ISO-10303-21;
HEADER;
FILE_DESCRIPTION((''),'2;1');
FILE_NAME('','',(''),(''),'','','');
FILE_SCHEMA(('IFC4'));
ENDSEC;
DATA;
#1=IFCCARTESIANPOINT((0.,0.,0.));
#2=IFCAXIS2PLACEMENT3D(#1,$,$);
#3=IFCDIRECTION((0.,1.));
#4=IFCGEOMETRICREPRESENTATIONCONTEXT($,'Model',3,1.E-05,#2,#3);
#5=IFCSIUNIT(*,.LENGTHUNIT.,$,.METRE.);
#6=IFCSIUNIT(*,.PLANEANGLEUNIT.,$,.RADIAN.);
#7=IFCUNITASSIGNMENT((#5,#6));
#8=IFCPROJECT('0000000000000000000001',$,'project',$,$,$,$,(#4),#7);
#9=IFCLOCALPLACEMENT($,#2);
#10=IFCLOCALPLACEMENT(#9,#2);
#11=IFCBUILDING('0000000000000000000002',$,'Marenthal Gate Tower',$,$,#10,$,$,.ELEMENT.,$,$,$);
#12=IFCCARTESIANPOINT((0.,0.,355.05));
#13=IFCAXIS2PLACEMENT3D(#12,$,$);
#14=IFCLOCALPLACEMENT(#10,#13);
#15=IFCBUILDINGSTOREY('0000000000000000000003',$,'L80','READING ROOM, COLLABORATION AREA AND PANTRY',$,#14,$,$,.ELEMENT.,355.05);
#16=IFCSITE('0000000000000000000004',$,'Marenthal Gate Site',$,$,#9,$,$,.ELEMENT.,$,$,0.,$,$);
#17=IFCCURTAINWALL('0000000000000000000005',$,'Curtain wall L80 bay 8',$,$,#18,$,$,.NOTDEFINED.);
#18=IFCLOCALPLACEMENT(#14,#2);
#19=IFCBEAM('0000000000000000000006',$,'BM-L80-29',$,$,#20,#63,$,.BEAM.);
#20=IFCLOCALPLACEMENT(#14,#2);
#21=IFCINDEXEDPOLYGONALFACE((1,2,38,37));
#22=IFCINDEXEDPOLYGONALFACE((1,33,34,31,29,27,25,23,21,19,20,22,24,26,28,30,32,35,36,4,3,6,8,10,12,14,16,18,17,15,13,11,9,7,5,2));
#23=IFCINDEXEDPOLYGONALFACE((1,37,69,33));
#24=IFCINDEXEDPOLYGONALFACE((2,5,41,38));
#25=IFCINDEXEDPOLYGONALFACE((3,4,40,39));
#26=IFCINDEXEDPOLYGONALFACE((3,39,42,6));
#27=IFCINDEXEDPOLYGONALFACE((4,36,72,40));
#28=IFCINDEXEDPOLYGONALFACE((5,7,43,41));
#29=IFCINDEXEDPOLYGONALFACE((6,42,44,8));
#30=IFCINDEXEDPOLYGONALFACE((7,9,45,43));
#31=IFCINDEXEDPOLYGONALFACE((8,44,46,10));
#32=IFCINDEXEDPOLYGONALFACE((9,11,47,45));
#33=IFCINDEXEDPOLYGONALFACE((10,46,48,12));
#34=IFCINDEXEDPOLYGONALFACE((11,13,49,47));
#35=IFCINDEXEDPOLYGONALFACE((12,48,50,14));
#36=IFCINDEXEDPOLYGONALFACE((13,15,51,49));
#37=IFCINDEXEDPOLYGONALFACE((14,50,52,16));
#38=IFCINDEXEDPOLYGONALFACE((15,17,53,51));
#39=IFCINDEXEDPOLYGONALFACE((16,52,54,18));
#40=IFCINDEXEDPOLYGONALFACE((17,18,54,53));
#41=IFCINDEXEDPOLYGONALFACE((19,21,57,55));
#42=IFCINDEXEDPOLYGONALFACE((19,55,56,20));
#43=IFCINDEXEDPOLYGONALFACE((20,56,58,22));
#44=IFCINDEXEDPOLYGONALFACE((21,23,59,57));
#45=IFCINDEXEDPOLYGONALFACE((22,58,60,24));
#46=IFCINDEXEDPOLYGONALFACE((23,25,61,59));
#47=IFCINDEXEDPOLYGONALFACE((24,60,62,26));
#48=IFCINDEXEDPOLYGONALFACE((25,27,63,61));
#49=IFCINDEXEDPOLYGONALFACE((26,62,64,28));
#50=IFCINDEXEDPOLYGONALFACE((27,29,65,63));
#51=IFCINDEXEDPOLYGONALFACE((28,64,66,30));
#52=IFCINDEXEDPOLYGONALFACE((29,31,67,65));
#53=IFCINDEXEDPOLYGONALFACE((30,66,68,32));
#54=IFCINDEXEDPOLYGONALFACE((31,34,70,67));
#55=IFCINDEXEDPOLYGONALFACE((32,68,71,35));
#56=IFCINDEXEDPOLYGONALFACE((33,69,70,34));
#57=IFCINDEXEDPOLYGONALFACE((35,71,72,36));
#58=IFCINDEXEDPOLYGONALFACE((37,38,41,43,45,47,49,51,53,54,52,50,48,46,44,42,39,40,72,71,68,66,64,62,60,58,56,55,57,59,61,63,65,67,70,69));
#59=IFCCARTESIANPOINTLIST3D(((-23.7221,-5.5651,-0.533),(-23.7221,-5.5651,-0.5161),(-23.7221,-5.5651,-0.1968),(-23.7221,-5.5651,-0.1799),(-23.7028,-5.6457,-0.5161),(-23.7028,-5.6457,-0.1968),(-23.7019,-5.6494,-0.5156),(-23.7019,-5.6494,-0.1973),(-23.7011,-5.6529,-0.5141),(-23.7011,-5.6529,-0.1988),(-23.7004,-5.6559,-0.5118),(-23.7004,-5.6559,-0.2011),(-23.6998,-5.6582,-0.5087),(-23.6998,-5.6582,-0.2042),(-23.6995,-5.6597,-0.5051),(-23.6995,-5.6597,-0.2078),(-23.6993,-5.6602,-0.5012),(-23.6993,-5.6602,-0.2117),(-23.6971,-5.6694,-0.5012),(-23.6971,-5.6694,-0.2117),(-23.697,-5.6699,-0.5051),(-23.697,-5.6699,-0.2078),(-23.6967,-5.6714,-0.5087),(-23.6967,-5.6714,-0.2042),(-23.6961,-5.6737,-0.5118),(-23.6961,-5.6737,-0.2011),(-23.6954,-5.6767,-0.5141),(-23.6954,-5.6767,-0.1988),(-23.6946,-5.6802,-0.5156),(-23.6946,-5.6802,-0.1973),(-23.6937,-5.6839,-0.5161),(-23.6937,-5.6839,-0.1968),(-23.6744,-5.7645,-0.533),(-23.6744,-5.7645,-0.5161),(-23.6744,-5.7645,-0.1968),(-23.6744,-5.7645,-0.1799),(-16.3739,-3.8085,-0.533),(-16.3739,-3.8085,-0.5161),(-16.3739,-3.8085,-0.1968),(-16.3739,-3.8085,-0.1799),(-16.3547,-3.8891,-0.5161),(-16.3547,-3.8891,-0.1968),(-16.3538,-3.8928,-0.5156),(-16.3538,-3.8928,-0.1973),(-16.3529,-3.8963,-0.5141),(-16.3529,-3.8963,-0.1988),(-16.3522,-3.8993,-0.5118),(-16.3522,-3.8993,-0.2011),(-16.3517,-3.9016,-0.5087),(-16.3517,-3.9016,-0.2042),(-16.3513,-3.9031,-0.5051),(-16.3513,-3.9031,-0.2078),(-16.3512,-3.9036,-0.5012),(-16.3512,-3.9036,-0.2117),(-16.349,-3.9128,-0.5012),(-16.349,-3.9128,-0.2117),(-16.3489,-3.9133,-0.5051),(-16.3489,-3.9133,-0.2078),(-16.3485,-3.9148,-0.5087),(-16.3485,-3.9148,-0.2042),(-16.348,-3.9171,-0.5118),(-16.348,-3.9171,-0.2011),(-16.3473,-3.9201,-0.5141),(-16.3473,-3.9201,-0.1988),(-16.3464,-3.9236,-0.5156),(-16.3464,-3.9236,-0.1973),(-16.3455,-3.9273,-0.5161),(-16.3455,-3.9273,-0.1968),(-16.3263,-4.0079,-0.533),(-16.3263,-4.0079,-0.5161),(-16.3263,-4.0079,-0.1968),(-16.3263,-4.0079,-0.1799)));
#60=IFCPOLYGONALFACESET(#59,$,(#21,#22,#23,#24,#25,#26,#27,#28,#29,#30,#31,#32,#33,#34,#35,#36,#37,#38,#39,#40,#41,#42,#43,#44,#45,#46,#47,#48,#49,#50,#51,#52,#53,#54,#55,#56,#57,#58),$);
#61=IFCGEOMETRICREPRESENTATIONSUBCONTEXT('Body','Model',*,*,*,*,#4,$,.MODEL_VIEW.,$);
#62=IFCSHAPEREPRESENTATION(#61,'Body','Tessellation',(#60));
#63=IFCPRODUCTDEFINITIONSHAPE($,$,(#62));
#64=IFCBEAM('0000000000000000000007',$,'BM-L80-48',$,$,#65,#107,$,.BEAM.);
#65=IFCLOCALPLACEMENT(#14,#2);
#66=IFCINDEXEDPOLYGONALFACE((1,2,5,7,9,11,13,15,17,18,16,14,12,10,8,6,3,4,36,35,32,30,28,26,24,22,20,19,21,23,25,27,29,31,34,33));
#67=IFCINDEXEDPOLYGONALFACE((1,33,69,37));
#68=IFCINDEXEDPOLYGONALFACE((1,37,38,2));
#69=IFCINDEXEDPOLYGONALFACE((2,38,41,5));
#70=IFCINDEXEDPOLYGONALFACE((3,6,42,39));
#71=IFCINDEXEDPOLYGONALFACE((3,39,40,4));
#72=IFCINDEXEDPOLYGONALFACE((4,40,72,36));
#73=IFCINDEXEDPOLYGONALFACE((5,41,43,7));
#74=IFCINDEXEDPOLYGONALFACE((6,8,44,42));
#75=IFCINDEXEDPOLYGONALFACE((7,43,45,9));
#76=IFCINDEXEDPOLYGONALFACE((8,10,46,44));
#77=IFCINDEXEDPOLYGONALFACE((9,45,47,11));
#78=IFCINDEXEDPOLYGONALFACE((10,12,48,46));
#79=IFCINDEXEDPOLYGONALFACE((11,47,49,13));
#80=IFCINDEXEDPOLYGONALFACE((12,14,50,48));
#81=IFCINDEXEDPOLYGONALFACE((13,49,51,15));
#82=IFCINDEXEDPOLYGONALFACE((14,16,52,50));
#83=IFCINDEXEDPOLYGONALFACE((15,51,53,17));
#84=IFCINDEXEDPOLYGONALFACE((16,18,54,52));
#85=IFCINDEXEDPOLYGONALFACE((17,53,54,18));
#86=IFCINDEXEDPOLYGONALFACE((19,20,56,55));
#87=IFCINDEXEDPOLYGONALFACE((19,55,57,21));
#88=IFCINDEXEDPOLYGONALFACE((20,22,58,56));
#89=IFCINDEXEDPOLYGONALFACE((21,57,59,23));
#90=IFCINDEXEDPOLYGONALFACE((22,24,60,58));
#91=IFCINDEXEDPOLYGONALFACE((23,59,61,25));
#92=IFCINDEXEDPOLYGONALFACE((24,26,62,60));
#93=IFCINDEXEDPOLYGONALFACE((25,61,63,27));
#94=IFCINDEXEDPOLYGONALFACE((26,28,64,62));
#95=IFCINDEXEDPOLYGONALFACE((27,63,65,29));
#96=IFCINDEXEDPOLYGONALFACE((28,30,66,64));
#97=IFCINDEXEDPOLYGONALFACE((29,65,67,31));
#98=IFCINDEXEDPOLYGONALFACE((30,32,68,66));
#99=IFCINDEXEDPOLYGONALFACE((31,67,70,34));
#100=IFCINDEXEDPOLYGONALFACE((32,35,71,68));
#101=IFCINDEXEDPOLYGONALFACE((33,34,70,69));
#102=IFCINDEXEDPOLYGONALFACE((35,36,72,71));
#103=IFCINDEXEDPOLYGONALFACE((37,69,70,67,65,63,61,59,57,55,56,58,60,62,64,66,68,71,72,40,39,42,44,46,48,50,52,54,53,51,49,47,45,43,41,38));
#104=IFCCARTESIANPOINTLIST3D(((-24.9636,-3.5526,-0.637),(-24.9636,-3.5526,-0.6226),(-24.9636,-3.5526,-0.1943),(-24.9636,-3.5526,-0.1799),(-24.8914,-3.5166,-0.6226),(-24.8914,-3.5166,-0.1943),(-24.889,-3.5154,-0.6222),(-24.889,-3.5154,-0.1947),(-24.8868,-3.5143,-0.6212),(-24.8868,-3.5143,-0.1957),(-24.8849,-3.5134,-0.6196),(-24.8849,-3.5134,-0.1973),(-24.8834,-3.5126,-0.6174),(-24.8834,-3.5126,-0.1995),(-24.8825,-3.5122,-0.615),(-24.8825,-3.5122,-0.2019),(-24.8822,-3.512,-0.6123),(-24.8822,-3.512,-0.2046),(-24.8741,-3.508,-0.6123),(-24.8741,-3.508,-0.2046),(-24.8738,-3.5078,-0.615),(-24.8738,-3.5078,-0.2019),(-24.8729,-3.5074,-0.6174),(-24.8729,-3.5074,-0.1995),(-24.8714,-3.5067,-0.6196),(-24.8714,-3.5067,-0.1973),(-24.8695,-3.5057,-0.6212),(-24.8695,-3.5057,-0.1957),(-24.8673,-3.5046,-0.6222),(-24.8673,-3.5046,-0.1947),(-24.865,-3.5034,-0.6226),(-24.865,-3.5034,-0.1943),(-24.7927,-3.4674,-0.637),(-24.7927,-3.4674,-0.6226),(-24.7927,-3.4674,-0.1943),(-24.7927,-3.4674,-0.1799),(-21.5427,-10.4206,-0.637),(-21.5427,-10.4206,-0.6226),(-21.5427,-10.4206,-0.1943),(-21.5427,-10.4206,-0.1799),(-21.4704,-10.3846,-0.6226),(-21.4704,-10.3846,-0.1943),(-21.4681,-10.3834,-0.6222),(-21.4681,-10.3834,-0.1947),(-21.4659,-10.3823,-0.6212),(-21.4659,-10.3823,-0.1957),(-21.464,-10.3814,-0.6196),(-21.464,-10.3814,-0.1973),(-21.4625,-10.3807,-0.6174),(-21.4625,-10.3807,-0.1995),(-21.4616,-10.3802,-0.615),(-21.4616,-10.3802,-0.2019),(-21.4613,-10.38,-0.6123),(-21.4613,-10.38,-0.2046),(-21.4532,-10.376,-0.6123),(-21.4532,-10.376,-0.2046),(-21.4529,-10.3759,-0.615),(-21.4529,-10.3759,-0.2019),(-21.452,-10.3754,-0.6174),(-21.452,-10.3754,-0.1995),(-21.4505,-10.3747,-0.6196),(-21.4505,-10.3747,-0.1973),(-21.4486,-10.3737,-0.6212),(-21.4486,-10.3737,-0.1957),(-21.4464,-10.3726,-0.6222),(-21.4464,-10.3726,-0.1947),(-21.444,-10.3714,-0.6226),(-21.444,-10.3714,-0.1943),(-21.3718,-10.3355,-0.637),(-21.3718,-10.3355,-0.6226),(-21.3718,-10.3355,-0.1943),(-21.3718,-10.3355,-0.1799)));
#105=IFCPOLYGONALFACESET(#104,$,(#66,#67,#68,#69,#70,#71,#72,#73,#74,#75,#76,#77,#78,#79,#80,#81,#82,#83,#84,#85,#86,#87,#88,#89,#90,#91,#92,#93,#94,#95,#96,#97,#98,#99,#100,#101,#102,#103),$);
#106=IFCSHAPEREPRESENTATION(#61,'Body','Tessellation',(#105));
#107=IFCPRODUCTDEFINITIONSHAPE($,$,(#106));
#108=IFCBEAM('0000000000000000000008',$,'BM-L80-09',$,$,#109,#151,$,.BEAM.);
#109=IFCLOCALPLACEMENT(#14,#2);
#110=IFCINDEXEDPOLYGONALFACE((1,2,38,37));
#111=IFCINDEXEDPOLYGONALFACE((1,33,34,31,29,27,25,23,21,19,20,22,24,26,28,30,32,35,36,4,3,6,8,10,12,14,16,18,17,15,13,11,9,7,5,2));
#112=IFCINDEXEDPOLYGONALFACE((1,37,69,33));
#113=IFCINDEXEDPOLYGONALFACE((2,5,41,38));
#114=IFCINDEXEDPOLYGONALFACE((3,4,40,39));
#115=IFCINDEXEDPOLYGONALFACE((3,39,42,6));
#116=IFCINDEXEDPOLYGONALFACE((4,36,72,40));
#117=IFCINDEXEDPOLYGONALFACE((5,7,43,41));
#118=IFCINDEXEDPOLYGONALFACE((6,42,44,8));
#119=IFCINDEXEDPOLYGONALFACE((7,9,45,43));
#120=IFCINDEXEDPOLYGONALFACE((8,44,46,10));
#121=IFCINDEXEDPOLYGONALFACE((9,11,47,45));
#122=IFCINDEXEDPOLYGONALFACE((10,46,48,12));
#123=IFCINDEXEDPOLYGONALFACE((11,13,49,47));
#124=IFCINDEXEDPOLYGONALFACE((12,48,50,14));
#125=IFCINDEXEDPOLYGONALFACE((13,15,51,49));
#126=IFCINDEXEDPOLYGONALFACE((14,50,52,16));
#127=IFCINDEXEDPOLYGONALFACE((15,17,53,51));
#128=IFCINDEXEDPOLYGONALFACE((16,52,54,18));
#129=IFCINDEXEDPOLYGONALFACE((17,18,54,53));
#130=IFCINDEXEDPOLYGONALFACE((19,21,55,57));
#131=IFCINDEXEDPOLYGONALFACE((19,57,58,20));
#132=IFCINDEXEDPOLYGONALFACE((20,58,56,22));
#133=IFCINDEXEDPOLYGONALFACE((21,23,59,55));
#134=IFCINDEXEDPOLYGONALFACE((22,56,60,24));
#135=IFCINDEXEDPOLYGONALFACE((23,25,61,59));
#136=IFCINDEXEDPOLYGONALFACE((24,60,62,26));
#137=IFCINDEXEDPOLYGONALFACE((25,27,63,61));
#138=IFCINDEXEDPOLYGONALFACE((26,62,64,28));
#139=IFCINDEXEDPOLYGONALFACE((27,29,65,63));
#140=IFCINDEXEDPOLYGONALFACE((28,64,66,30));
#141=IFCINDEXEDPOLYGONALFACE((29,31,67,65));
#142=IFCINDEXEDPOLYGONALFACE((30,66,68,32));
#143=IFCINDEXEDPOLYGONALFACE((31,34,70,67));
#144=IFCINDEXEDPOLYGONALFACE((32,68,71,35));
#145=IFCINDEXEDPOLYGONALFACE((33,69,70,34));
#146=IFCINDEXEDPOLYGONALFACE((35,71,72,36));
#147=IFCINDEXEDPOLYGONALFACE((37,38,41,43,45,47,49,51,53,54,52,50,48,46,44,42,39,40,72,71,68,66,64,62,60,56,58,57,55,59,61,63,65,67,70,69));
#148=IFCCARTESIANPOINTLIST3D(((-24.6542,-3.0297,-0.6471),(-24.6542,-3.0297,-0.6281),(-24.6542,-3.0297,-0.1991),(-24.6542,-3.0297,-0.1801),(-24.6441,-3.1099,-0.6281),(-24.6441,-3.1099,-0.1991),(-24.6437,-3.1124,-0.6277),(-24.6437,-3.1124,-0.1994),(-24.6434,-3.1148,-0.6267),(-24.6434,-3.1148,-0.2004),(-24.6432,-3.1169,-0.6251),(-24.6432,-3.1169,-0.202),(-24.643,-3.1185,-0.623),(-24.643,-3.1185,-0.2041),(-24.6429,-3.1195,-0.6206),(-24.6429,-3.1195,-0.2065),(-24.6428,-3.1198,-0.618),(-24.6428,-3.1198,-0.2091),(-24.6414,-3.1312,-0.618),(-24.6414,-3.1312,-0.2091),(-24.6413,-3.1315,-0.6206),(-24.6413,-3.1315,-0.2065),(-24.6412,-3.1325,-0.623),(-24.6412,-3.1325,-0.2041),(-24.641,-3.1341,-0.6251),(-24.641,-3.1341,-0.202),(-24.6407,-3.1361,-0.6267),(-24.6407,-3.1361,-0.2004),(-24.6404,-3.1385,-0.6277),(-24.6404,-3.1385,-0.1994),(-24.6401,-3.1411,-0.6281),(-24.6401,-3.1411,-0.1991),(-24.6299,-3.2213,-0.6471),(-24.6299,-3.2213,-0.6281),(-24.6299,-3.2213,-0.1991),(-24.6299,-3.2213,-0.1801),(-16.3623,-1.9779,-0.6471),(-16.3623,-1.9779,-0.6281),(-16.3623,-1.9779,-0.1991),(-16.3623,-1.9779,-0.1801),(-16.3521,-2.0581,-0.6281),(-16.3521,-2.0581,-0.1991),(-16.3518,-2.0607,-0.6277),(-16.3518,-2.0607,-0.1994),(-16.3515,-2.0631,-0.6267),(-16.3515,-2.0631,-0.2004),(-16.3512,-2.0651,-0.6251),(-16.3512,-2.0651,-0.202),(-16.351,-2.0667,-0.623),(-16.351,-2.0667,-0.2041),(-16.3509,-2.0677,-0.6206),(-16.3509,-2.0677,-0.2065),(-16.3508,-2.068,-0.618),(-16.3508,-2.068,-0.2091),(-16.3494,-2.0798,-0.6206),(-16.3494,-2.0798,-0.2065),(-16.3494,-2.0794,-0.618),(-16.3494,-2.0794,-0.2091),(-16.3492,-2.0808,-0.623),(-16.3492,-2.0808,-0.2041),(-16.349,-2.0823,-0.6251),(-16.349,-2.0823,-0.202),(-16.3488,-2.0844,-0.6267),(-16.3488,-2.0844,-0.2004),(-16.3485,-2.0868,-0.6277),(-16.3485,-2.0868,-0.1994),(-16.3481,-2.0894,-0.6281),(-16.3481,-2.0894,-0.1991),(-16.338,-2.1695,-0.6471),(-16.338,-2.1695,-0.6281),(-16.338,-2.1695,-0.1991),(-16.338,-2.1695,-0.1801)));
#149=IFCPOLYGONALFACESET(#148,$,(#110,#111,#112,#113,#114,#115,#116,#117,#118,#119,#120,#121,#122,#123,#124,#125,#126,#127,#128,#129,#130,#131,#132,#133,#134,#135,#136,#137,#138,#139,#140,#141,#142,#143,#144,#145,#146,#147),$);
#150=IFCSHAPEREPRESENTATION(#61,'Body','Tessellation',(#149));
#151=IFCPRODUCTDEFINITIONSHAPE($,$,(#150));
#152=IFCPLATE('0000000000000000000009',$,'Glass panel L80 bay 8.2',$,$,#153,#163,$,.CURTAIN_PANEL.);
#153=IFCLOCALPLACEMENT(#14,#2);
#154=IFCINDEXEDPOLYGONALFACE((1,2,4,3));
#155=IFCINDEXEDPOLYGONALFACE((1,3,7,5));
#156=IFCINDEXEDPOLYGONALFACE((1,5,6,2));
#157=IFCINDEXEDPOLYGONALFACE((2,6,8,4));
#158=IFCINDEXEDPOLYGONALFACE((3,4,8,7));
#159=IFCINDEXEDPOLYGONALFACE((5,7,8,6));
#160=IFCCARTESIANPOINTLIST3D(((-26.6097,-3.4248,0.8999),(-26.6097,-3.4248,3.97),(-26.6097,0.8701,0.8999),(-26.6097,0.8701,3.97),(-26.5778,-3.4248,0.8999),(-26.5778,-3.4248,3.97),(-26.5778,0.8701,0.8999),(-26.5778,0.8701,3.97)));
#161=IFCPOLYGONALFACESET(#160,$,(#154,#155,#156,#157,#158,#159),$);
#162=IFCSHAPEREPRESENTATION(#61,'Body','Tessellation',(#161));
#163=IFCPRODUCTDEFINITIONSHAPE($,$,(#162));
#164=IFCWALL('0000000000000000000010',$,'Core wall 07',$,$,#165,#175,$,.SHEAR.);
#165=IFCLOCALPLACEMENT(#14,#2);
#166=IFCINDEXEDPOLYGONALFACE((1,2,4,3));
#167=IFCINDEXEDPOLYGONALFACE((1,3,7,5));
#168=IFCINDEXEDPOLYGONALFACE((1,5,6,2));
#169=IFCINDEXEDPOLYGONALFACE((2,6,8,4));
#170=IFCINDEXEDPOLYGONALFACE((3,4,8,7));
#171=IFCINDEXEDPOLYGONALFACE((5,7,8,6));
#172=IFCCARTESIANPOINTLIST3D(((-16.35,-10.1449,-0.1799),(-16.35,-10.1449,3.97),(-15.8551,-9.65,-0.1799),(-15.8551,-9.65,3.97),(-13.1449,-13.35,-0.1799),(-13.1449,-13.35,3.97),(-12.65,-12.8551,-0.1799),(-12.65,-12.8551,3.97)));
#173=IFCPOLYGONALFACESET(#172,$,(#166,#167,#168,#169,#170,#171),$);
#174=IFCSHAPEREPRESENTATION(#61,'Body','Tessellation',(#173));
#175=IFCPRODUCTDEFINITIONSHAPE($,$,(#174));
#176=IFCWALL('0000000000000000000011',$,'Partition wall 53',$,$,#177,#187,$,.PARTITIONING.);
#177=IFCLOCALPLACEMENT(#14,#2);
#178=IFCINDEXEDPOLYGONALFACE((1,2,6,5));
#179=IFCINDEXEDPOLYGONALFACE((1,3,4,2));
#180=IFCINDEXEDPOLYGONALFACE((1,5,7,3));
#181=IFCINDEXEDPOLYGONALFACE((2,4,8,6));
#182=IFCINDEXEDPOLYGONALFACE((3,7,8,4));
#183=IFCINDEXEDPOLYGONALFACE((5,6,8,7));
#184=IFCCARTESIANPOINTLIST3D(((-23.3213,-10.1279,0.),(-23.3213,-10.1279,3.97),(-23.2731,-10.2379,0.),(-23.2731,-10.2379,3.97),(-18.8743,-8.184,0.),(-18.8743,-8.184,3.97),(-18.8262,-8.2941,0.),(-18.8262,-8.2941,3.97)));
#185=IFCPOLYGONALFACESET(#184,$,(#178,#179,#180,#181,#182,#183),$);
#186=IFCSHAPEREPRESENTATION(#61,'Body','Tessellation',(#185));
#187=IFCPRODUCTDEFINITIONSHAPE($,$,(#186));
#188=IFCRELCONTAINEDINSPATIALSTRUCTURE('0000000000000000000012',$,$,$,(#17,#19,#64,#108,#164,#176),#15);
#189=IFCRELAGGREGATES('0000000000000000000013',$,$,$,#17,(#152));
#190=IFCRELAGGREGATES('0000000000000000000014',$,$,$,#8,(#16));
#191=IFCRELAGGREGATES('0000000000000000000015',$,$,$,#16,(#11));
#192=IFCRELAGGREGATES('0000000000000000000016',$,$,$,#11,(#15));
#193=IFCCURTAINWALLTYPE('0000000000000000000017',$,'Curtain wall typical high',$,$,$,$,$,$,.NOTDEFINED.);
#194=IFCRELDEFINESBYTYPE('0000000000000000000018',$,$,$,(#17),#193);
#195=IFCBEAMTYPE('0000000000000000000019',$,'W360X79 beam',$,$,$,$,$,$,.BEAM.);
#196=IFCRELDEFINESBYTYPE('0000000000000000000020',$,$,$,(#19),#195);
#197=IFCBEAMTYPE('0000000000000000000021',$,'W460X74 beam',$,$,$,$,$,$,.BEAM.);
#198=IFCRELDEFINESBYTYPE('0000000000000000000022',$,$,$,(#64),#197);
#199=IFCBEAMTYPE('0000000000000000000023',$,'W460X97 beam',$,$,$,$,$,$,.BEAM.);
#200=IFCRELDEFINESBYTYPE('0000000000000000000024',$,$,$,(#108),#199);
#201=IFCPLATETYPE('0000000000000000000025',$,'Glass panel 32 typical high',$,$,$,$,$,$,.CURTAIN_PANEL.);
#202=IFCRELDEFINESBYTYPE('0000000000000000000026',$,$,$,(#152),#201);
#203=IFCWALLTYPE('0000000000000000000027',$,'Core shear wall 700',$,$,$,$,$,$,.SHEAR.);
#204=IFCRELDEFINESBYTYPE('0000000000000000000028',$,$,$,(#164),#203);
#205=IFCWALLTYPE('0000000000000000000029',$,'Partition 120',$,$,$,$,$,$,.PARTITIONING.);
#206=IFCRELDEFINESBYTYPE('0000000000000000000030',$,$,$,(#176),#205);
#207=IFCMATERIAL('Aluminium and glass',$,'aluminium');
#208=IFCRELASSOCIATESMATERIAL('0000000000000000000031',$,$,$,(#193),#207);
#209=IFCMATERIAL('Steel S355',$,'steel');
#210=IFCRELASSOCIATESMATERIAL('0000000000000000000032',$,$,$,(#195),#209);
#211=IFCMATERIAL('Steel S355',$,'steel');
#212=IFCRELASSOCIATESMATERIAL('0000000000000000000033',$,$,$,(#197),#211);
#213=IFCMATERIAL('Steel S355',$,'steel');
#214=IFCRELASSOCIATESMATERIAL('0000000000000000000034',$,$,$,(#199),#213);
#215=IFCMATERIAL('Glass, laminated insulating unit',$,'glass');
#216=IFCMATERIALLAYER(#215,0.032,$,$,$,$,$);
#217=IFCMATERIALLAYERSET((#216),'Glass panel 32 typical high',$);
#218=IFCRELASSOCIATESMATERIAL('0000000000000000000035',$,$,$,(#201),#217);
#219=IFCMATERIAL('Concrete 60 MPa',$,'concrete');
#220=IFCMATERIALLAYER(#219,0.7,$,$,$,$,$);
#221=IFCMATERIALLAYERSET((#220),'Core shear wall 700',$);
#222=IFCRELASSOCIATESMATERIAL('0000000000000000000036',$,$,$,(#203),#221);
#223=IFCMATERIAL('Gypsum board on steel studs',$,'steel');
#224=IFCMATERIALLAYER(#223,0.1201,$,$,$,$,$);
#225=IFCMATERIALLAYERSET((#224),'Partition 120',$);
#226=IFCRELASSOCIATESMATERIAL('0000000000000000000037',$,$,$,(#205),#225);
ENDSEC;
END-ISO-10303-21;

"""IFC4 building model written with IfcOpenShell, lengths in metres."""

from ifc_helpers import new_model, si_unit, direction, frame, frame_2d, origin, origin_2d, place, context, subcontext, project, spatial, rectangle, i_section, extrude, material, layer, layer_set, material_profile, profile_set, type_object, element, aggregate, save


model = new_model("IFC4")

# Units and contexts
model_context = context("Model", 3, precision=1e-05, world=origin(), true_north=direction((0.0, 1.0)))
body_context = subcontext(model_context, "Body", "Model", "MODEL_VIEW")
ifc_project = project(units=[si_unit("LENGTHUNIT", "METRE"), si_unit("PLANEANGLEUNIT", "RADIAN")], contexts=[model_context])

# Site, building, storey
site_placement = place(None, origin())
site = spatial("IfcSite", under=ifc_project, at=site_placement, Name="Marenthal Gate Site", CompositionType="ELEMENT", RefElevation=0.0)
building_placement = place(site_placement, origin())
building = spatial("IfcBuilding", under=site, at=building_placement, Name="Marenthal Gate Tower", CompositionType="ELEMENT")
storey_placement = place(building_placement, frame((0.0, 0.0, 355.05)))
storey = spatial("IfcBuildingStorey", under=building, at=storey_placement, Name="L80", Description="READING ROOM, COLLABORATION AREA AND PANTRY", CompositionType="ELEMENT", Elevation=355.05)

# Curtain wall
ifc_material_1 = material(Name="Aluminium and glass", Category="aluminium")
curtain_wall_type = type_object("IfcCurtainWallType", Name="Curtain wall typical high", PredefinedType="NOTDEFINED", material=ifc_material_1)
curtain_wall_placement = place(storey_placement, origin())
curtain_wall = element("IfcCurtainWall", 1, at=curtain_wall_placement, inside=storey, type_object=curtain_wall_type, Name="Curtain wall L80 bay 8", PredefinedType="NOTDEFINED")

# Beams
ifc_material_2 = material(Name="Steel S355", Category="steel")
ifc_material_profile_1 = material_profile(ifc_material_2, i_section(OverallWidth=0.2051, OverallDepth=0.353, WebThickness=0.0095, FlangeThickness=0.0168, FilletRadius=0.0149, at=origin_2d()), Name="W360X79")
ifc_profile_set_1 = profile_set([ifc_material_profile_1], Name="Steel S355")
beam_type_1 = type_object("IfcBeamType", Name="W360X79 beam", PredefinedType="BEAM", material=ifc_profile_set_1)
beam_1_placement = place(storey_placement, frame((-23.6982, -5.6648, -0.3564), z_axis=(0.972596, 0.232501, 0.0), x_axis=(-0.232501, 0.972596, 0.0)))
element("IfcBeam", 2, at=beam_1_placement, inside=storey, type_object=beam_type_1, Name="BM-L80-29", PredefinedType="BEAM", context=body_context, shape_type="SweptSolid", body=[
    extrude(i_section(OverallWidth=0.2051, OverallDepth=0.353, WebThickness=0.0095, FlangeThickness=0.0168, FilletRadius=0.0149, at=origin_2d()), origin(), (0.0, 0.0, 1.0), 7.5552),
])
ifc_material_3 = material(Name="Steel S355", Category="steel")
ifc_material_profile_2 = material_profile(ifc_material_3, i_section(OverallWidth=0.1909, OverallDepth=0.457, WebThickness=0.009, FlangeThickness=0.0144, FilletRadius=0.0103, at=origin_2d()), Name="W460X74")
ifc_profile_set_2 = profile_set([ifc_material_profile_2], Name="Steel S355")
beam_type_2 = type_object("IfcBeamType", Name="W460X74 beam", PredefinedType="BEAM", material=ifc_profile_set_2)
beam_2_placement = place(storey_placement, frame((-24.8782, -3.51, -0.4084), z_axis=(0.445851, -0.895107, 0.0), x_axis=(0.895107, 0.445851, 0.0)))
element("IfcBeam", 3, at=beam_2_placement, inside=storey, type_object=beam_type_2, Name="BM-L80-48", PredefinedType="BEAM", context=body_context, shape_type="SweptSolid", body=[
    extrude(i_section(OverallWidth=0.1909, OverallDepth=0.457, WebThickness=0.009, FlangeThickness=0.0144, FilletRadius=0.0103, at=origin_2d()), origin(), (0.0, 0.0, 1.0), 7.6729),
])
ifc_material_4 = material(Name="Steel S355", Category="steel")
ifc_material_profile_3 = material_profile(ifc_material_4, i_section(OverallWidth=0.1931, OverallDepth=0.467, WebThickness=0.0115, FlangeThickness=0.019, FilletRadius=0.01, at=origin_2d()), Name="W460X97")
ifc_profile_set_3 = profile_set([ifc_material_profile_3], Name="Steel S355")
beam_type_3 = type_object("IfcBeamType", Name="W460X97 beam", PredefinedType="BEAM", material=ifc_profile_set_3)
beam_3_placement = place(storey_placement, frame((-24.6421, -3.1255, -0.4136), z_axis=(0.992052, 0.125832, 0.0), x_axis=(-0.125832, 0.992052, 0.0)))
element("IfcBeam", 4, at=beam_3_placement, inside=storey, type_object=beam_type_3, Name="BM-L80-09", PredefinedType="BEAM", context=body_context, shape_type="SweptSolid", body=[
    extrude(i_section(OverallWidth=0.1931, OverallDepth=0.467, WebThickness=0.0115, FlangeThickness=0.019, FilletRadius=0.01, at=origin_2d()), origin(), (0.0, 0.0, 1.0), 8.3584),
])

# Plate
ifc_material_5 = material(Name="Glass, laminated insulating unit", Category="glass")
ifc_layer_1 = layer(ifc_material_5, 0.032)
ifc_layer_set_1 = layer_set([ifc_layer_1], Name="Glass panel 32 typical high")
plate_type = type_object("IfcPlateType", Name="Glass panel 32 typical high", PredefinedType="CURTAIN_PANEL", material=ifc_layer_set_1)
plate_placement = place(storey_placement, frame((-26.5938, -1.2773, 0.8999), z_axis=(0.0, 0.0, 1.0), x_axis=(0.0, -1.0, 0.0)))
plate = element("IfcPlate", 5, at=plate_placement, type_object=plate_type, Name="Glass panel L80 bay 8.2", PredefinedType="CURTAIN_PANEL", context=body_context, shape_type="SweptSolid", body=[
    extrude(rectangle(XDim=4.2949, YDim=0.032, at=origin_2d()), origin(), (0.0, 0.0, 1.0), 3.0701),
])
aggregate(curtain_wall, [plate])

# Walls
ifc_material_6 = material(Name="Concrete 60 MPa", Category="concrete")
ifc_layer_2 = layer(ifc_material_6, 0.7)
ifc_layer_set_2 = layer_set([ifc_layer_2], Name="Core shear wall 700")
wall_type_1 = type_object("IfcWallType", Name="Core shear wall 700", PredefinedType="SHEAR", material=ifc_layer_set_2)
wall_1_placement = place(storey_placement, frame((-16.1025, -9.8975, -0.1799), z_axis=(0.0, 0.0, 1.0), x_axis=(0.707107, -0.707107, 0.0)))
element("IfcWall", 6, at=wall_1_placement, inside=storey, type_object=wall_type_1, Name="Core wall 07", PredefinedType="SHEAR", context=body_context, shape_type="SweptSolid", body=[
    extrude(rectangle(XDim=4.5327, YDim=0.7, at=frame_2d((2.2664, 0.0))), origin(), (0.0, 0.0, 1.0), 4.1499),
])
ifc_material_7 = material(Name="Gypsum board on steel studs", Category="steel")
ifc_layer_3 = layer(ifc_material_7, 0.1201)
ifc_layer_set_3 = layer_set([ifc_layer_3], Name="Partition 120")
wall_type_2 = type_object("IfcWallType", Name="Partition 120", PredefinedType="PARTITIONING", material=ifc_layer_set_3)
wall_2_placement = place(storey_placement, frame((-18.8501, -8.239, 0.0), z_axis=(0.0, 0.0, 1.0), x_axis=(-0.916288, -0.400521, 0.0)))
element("IfcWall", 7, at=wall_2_placement, inside=storey, type_object=wall_type_2, Name="Partition wall 53", PredefinedType="PARTITIONING", context=body_context, shape_type="SweptSolid", body=[
    extrude(rectangle(XDim=4.8533, YDim=0.1201, at=frame_2d((2.4268, 0.0))), origin(), (0.0, 0.0, 1.0), 3.97),
])

save(model, "model.ifc")
